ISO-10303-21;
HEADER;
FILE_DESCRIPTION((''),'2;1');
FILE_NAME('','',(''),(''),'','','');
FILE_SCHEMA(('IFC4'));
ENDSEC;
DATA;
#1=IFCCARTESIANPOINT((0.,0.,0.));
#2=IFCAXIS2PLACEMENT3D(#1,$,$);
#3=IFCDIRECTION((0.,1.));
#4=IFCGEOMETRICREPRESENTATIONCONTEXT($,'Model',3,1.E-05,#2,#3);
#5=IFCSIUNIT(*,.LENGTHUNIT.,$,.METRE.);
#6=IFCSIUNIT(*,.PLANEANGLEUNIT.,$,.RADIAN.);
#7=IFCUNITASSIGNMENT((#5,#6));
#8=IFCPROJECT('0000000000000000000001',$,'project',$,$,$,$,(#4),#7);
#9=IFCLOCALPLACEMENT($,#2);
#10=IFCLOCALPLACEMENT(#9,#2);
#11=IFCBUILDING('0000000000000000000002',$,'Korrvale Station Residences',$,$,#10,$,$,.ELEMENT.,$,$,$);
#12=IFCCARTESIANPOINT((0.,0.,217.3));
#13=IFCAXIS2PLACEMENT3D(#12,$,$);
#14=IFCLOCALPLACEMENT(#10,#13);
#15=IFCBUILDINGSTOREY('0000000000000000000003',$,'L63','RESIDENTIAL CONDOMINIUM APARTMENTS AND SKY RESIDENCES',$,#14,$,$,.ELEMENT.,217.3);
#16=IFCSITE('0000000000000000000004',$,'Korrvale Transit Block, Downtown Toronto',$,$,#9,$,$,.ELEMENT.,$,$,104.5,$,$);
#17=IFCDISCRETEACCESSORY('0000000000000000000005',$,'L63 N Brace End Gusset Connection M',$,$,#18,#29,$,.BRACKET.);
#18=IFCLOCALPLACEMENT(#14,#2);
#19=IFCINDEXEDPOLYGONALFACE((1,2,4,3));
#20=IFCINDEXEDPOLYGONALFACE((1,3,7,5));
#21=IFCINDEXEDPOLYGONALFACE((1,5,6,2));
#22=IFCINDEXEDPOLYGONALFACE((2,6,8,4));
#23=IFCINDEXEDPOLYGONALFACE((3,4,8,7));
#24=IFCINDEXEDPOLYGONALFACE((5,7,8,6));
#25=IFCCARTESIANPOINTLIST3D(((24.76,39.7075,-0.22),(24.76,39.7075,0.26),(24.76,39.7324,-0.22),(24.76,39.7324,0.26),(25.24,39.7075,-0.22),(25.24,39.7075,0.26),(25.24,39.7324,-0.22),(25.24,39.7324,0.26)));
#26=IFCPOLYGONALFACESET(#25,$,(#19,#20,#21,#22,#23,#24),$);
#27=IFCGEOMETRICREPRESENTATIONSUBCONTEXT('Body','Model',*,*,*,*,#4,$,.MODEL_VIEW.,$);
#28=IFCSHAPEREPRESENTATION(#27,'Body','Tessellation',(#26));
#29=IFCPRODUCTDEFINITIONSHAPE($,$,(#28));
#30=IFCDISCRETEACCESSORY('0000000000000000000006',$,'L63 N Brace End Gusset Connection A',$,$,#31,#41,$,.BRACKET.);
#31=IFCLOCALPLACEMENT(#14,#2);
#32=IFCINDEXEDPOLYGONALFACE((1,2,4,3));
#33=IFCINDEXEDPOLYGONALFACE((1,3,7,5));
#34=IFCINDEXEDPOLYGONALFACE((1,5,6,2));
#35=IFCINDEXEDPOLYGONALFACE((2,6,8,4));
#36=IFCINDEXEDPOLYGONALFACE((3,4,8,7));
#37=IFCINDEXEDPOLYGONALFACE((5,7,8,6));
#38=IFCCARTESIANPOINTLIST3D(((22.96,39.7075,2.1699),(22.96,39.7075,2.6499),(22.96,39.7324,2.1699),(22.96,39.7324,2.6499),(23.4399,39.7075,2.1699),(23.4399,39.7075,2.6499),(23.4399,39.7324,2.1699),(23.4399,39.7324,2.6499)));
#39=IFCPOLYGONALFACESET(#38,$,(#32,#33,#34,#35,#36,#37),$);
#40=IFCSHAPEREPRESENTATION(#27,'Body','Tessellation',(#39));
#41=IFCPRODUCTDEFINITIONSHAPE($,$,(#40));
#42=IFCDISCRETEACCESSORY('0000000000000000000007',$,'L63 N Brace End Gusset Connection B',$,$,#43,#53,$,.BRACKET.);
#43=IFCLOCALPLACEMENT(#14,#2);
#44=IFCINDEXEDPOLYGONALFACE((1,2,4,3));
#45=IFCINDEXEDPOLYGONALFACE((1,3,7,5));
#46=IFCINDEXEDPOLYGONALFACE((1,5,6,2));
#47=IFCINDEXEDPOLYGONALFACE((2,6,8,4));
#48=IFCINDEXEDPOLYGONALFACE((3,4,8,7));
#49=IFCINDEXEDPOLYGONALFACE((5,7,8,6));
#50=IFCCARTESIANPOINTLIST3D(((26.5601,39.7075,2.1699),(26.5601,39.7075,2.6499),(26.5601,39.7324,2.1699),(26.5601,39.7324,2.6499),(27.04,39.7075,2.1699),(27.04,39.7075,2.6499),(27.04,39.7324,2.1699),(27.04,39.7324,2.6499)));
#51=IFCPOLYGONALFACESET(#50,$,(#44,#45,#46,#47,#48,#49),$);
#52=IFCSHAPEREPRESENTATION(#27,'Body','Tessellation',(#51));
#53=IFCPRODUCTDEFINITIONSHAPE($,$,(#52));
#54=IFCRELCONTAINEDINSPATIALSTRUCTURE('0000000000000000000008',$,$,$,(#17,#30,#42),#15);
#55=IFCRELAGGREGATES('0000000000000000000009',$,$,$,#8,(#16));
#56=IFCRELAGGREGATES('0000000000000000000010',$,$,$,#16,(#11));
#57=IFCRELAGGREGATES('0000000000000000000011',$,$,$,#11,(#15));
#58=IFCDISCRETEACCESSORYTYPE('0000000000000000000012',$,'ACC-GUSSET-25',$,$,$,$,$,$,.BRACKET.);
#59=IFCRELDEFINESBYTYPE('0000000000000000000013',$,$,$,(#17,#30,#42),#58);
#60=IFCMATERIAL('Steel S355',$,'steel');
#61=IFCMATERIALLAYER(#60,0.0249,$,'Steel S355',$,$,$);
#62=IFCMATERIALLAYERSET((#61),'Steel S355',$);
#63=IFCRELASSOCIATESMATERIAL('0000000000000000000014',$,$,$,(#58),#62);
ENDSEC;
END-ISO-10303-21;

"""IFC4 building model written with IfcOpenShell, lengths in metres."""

from ifc_helpers import new_model, si_unit, direction, frame, origin, origin_2d, place, context, subcontext, project, spatial, rectangle, extrude, material, layer, layer_set, type_object, element, save


model = new_model("IFC4")

# Units and contexts
model_context = context("Model", 3, precision=1e-05, world=origin(), true_north=direction((0.0, 1.0)))
body_context = subcontext(model_context, "Body", "Model", "MODEL_VIEW")
ifc_project = project(units=[si_unit("LENGTHUNIT", "METRE"), si_unit("PLANEANGLEUNIT", "RADIAN")], contexts=[model_context])

# Site, building, storey
site_placement = place(None, origin())
site = spatial("IfcSite", under=ifc_project, at=site_placement, Name="Korrvale Transit Block, Downtown Toronto", CompositionType="ELEMENT", RefElevation=104.5)
building_placement = place(site_placement, origin())
building = spatial("IfcBuilding", under=site, at=building_placement, Name="Korrvale Station Residences", CompositionType="ELEMENT")
storey_placement = place(building_placement, frame((0.0, 0.0, 217.3)))
storey = spatial("IfcBuildingStorey", under=building, at=storey_placement, Name="L63", Description="RESIDENTIAL CONDOMINIUM APARTMENTS AND SKY RESIDENCES", CompositionType="ELEMENT", Elevation=217.3)

# Shared definitions
ifc_material_1 = material(Name="Steel S355", Category="steel")

# Discrete accessories
ifc_layer_1 = layer(ifc_material_1, 0.0249, Name="Steel S355")
ifc_layer_set_1 = layer_set([ifc_layer_1], Name="Steel S355")
discrete_accessory_type = type_object("IfcDiscreteAccessoryType", Name="ACC-GUSSET-25", PredefinedType="BRACKET", material=ifc_layer_set_1)
for number, where, z_axis, x_axis, name in (
    (1, (25.0, 39.72, -0.22), (0.0, 0.0, 1.0), (1.0, 0.0, 0.0), "L63 N Brace End Gusset Connection M"),
    (2, (23.2, 39.72, 2.1699), (0.0, 0.0, 1.0), (1.0, 0.0, 0.0), "L63 N Brace End Gusset Connection A"),
    (3, (26.8, 39.72, 2.1699), (0.0, 0.0, 1.0), (1.0, 0.0, 0.0), "L63 N Brace End Gusset Connection B"),
):
    element("IfcDiscreteAccessory", number, at=place(storey_placement, frame(where, z_axis=z_axis, x_axis=x_axis)), inside=storey, type_object=discrete_accessory_type, Name=name, PredefinedType="BRACKET", context=body_context, shape_type="SweptSolid", body=[
        extrude(rectangle(XDim=0.48, YDim=0.0249, at=origin_2d()), origin(), (0.0, 0.0, 1.0), 0.48),
    ])

save(model, "model.ifc")
